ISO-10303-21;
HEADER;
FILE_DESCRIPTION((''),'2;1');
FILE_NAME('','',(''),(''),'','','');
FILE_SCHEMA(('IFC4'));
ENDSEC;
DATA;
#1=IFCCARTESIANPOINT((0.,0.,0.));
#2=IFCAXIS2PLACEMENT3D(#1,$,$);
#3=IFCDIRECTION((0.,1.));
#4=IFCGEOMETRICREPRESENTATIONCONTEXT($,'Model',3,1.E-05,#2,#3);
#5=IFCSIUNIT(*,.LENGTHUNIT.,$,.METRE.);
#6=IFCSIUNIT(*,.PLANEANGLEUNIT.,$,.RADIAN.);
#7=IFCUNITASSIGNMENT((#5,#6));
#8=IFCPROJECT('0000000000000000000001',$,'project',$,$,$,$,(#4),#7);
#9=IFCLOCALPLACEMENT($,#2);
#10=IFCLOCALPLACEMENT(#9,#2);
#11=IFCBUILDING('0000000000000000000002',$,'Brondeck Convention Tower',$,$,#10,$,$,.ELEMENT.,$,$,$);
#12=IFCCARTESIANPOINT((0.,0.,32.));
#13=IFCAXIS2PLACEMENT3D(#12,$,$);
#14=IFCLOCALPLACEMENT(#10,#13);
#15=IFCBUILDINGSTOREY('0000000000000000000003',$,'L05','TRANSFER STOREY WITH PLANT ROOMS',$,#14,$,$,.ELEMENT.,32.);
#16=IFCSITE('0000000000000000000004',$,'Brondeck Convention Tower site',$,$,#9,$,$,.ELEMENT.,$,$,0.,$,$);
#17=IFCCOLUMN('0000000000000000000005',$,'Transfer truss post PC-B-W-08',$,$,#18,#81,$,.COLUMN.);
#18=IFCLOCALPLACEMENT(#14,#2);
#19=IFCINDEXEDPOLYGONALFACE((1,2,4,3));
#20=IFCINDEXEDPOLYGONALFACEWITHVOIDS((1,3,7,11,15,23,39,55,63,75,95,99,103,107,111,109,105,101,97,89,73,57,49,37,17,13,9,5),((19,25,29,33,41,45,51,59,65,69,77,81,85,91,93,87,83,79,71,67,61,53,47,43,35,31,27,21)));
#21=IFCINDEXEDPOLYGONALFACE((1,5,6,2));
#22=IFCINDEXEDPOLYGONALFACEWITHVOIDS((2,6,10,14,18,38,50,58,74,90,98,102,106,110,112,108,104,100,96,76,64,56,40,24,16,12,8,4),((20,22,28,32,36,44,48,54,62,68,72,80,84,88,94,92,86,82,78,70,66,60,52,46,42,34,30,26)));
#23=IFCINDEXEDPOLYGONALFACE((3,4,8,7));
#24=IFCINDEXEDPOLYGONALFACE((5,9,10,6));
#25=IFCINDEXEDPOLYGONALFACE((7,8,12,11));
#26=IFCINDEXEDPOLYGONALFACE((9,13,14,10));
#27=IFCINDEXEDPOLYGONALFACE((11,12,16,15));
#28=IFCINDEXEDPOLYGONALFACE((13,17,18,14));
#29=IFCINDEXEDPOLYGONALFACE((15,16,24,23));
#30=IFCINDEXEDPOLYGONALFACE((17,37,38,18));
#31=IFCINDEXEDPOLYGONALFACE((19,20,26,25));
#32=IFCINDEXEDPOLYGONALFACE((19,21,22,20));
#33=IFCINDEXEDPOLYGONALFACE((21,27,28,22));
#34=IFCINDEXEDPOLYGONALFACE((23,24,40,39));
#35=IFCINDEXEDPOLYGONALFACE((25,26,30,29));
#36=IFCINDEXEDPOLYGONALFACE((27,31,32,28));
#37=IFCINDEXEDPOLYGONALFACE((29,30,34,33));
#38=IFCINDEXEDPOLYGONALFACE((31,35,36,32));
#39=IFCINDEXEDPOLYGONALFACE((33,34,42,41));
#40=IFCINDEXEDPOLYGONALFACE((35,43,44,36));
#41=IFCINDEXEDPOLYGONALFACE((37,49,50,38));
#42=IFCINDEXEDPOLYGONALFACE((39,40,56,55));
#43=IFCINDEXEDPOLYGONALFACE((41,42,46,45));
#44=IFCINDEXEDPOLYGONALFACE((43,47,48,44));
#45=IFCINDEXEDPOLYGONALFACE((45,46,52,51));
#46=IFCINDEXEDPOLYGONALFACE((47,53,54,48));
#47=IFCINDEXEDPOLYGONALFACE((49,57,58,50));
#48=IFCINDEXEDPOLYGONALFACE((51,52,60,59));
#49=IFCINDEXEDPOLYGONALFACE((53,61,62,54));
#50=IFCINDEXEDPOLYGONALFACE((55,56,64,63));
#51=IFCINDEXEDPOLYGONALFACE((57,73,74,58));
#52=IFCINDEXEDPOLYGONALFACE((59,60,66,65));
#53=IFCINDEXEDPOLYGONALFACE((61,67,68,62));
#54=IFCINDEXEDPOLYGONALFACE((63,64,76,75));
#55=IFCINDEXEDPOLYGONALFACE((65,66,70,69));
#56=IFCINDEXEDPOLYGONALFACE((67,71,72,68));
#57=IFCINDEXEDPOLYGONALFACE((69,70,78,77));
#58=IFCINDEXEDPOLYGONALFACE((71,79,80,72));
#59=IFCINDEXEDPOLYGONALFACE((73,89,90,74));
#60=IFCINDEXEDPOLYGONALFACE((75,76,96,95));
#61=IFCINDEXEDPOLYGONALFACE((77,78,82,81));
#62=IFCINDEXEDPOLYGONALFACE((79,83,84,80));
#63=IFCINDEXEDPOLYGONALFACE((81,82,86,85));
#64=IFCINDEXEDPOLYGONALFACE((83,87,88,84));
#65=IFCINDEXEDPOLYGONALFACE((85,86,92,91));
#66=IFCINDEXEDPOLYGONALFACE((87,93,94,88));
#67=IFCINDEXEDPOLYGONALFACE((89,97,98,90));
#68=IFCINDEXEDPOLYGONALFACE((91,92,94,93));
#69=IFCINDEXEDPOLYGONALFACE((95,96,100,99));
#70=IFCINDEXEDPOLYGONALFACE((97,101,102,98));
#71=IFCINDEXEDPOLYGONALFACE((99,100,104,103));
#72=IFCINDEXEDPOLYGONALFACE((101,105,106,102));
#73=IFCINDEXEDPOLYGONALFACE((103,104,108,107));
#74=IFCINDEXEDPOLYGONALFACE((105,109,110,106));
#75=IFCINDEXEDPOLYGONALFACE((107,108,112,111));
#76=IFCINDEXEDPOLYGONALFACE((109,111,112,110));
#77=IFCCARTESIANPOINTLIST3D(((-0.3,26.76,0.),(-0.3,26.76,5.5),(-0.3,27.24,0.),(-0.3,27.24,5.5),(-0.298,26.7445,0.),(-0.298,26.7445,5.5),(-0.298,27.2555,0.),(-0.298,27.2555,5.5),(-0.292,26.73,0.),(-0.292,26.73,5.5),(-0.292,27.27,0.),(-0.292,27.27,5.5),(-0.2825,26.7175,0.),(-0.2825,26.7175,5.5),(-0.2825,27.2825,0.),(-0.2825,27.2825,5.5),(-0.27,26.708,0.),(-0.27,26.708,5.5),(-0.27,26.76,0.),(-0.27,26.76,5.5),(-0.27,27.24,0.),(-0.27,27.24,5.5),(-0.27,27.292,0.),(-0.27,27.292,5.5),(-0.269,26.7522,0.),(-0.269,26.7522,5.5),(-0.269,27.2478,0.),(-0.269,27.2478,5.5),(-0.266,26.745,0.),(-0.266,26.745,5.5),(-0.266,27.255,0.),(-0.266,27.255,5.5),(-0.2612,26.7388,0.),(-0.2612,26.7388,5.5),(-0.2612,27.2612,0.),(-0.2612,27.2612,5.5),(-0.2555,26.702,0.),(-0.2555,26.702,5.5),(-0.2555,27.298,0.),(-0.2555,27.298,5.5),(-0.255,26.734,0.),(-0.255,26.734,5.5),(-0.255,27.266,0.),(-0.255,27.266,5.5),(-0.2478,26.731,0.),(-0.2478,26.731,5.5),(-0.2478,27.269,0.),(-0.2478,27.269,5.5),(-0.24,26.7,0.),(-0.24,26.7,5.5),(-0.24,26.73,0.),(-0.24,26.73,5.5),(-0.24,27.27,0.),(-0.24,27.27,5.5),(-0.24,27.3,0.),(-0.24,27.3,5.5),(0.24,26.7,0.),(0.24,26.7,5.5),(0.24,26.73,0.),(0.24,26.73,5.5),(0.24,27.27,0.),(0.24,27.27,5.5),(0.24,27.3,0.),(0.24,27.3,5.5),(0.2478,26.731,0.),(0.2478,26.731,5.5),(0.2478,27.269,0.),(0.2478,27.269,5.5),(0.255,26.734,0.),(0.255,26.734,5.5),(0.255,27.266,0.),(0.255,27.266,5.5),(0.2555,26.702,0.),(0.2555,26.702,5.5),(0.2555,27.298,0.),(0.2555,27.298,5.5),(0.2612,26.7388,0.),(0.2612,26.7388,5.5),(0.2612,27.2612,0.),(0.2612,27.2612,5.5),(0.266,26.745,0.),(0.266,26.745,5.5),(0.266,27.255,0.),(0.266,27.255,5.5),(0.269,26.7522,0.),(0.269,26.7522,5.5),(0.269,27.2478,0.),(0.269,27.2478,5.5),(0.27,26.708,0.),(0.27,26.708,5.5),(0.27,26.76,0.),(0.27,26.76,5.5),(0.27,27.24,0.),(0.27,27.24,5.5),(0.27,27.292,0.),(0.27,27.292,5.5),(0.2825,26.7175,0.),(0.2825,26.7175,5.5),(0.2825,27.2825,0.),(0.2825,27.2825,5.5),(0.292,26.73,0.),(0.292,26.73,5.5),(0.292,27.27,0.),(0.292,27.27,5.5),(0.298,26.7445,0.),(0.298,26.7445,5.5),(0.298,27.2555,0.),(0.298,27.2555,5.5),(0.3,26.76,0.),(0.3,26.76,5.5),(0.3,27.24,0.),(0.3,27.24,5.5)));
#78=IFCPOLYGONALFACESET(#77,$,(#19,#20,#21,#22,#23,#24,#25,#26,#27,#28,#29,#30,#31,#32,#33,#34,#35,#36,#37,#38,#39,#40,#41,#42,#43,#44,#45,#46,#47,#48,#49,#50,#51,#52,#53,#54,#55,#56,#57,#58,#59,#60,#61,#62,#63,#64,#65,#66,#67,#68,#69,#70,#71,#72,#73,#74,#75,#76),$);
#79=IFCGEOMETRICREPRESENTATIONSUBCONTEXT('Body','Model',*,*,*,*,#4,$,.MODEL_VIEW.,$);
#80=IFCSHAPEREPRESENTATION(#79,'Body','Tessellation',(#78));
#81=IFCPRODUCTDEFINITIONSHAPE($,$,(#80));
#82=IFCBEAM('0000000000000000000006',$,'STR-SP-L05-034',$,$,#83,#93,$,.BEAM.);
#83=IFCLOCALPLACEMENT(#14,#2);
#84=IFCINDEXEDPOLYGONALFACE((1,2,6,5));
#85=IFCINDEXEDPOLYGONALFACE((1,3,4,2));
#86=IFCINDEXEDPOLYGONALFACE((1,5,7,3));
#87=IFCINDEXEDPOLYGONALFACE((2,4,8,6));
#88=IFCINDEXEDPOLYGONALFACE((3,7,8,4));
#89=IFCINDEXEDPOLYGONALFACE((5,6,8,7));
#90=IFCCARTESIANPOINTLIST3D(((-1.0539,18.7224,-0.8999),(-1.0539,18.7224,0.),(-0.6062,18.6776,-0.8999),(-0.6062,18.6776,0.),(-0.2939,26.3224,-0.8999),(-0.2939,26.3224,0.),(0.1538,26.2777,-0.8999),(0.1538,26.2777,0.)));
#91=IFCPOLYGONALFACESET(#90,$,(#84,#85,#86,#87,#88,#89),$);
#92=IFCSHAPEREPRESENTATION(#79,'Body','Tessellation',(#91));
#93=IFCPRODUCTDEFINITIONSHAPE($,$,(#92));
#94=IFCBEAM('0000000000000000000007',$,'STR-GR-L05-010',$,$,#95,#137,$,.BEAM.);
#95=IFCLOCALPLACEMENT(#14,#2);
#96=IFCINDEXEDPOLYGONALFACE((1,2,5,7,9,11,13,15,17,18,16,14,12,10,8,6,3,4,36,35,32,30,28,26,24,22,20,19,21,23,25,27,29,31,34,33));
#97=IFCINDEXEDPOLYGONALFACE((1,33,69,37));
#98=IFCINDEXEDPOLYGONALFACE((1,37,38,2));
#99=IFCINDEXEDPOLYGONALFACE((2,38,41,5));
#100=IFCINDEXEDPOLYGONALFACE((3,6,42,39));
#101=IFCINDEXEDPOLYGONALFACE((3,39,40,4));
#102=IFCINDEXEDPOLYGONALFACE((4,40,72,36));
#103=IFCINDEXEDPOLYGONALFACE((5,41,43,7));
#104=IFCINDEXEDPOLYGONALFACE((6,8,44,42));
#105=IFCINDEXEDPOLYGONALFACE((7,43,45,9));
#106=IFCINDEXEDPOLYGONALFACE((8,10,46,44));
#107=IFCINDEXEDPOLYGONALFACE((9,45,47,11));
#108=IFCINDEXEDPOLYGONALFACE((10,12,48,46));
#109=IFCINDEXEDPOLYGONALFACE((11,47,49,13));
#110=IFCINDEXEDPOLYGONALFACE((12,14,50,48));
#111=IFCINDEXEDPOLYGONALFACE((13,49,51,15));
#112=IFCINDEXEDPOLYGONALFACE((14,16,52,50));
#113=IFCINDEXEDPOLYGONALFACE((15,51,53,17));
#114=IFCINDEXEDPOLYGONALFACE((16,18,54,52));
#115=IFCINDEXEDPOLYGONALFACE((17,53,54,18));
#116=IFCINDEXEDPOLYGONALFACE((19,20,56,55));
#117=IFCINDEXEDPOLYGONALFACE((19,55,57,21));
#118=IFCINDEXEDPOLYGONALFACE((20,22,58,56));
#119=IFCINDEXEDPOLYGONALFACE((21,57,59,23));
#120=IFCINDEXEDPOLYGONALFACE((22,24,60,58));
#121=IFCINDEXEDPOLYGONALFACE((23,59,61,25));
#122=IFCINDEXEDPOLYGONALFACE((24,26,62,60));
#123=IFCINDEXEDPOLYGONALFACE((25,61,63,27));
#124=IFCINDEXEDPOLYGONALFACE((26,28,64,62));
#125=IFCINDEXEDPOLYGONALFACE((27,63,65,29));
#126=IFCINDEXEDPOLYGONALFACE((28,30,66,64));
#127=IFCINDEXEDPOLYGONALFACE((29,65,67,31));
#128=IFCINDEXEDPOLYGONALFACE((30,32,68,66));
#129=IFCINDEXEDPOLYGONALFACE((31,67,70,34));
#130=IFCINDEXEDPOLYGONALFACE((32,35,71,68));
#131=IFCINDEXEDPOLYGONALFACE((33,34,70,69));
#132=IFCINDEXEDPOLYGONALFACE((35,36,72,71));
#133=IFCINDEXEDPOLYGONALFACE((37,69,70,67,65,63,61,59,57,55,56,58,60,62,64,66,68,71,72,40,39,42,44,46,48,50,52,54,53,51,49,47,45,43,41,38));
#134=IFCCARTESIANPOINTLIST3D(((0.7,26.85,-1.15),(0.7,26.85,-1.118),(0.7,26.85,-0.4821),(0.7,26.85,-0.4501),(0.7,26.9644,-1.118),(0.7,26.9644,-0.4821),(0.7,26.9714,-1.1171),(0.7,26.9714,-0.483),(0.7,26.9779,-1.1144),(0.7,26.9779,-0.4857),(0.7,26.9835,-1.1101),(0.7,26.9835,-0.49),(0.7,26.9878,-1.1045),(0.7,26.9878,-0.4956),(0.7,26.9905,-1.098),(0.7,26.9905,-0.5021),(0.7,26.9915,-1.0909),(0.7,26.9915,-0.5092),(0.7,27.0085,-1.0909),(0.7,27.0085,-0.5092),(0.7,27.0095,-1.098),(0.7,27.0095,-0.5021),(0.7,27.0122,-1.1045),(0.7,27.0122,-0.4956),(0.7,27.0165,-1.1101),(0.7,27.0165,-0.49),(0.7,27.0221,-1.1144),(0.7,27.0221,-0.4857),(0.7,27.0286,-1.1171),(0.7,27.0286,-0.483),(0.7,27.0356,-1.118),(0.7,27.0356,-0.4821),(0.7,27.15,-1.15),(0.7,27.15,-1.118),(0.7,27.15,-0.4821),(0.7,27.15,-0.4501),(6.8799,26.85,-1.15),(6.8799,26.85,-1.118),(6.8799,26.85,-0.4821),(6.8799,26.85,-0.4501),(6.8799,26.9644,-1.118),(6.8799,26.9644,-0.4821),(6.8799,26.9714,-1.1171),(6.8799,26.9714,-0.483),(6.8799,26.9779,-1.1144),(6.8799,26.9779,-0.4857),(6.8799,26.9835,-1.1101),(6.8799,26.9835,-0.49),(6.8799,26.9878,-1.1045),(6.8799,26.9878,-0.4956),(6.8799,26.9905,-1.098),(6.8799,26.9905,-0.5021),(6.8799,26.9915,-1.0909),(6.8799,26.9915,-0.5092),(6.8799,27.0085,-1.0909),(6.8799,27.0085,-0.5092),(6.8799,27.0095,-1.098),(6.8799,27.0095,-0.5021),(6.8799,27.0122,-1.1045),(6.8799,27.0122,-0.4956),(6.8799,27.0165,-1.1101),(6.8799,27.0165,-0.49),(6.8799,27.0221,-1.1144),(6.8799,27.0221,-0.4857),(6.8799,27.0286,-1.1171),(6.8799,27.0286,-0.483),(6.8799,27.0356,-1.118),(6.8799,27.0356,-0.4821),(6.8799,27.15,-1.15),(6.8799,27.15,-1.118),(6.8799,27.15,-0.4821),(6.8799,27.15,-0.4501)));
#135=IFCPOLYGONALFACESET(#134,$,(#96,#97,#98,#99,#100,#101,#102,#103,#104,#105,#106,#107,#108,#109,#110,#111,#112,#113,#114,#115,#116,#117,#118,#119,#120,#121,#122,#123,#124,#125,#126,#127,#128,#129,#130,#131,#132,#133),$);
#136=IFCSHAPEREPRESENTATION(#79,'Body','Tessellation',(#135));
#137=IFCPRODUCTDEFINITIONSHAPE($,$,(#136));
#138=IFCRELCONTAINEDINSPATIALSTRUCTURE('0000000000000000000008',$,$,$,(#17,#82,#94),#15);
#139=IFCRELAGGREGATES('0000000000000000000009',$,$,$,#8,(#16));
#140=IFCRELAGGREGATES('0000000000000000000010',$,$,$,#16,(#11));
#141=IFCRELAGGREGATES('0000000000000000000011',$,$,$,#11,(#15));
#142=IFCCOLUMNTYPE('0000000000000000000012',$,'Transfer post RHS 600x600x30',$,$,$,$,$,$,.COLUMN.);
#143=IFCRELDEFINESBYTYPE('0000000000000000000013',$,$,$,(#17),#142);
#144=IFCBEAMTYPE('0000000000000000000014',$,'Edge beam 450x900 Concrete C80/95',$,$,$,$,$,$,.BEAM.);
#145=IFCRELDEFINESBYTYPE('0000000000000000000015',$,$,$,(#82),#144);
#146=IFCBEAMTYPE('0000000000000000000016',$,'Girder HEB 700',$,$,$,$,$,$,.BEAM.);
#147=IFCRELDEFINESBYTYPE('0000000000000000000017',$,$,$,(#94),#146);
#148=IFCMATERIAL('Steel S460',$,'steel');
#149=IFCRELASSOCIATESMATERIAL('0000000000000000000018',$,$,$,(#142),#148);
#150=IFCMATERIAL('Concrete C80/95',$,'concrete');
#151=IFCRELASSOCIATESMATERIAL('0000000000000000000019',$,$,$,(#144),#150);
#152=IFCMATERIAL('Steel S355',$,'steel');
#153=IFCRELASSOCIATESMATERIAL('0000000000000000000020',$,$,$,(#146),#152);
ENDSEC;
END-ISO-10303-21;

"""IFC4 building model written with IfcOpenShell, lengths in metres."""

from ifc_helpers import new_model, si_unit, direction, frame, origin, origin_2d, place, context, subcontext, project, spatial, rectangle, hollow_rectangle, i_section, extrude, material, material_profile, profile_set, type_object, element, save


model = new_model("IFC4")

# Units and contexts
model_context = context("Model", 3, precision=1e-05, world=origin(), true_north=direction((0.0, 1.0)))
body_context = subcontext(model_context, "Body", "Model", "MODEL_VIEW")
ifc_project = project(units=[si_unit("LENGTHUNIT", "METRE"), si_unit("PLANEANGLEUNIT", "RADIAN")], contexts=[model_context])

# Site, building, storey
site_placement = place(None, origin())
site = spatial("IfcSite", under=ifc_project, at=site_placement, Name="Brondeck Convention Tower site", CompositionType="ELEMENT", RefElevation=0.0)
building_placement = place(site_placement, origin())
building = spatial("IfcBuilding", under=site, at=building_placement, Name="Brondeck Convention Tower", CompositionType="ELEMENT")
storey_placement = place(building_placement, frame((0.0, 0.0, 32.0)))
storey = spatial("IfcBuildingStorey", under=building, at=storey_placement, Name="L05", Description="TRANSFER STOREY WITH PLANT ROOMS", CompositionType="ELEMENT", Elevation=32.0)

# Column
ifc_material_1 = material(Name="Steel S460", Category="steel")
ifc_material_profile_1 = material_profile(ifc_material_1, hollow_rectangle(XDim=0.6001, YDim=0.6001, WallThickness=0.03, InnerFilletRadius=0.03, OuterFilletRadius=0.0601, at=origin_2d()), Name="RHS 600x600x30")
ifc_profile_set_1 = profile_set([ifc_material_profile_1], Name="Steel S460")
column_type = type_object("IfcColumnType", Name="Transfer post RHS 600x600x30", PredefinedType="COLUMN", material=ifc_profile_set_1)
column_placement = place(storey_placement, frame((0.0, 27.0, 0.0), z_axis=(0.0, 0.0, 1.0), x_axis=(1.0, 0.0, 0.0)))
element("IfcColumn", 1, at=column_placement, inside=storey, type_object=column_type, Name="Transfer truss post PC-B-W-08", PredefinedType="COLUMN", context=body_context, shape_type="SweptSolid", body=[
    extrude(hollow_rectangle(XDim=0.6001, YDim=0.6001, WallThickness=0.03, InnerFilletRadius=0.03, OuterFilletRadius=0.0601, at=origin_2d()), origin(), (0.0, 0.0, 1.0), 5.5),
])

# Beams
ifc_material_2 = material(Name="Concrete C80/95", Category="concrete")
ifc_material_profile_2 = material_profile(ifc_material_2, rectangle(XDim=0.45, YDim=0.8999, at=origin_2d()), Name="Edge beam 450x900 Concrete C80/95")
ifc_profile_set_2 = profile_set([ifc_material_profile_2], Name="Concrete C80/95")
beam_type_1 = type_object("IfcBeamType", Name="Edge beam 450x900 Concrete C80/95", PredefinedType="BEAM", material=ifc_profile_set_2)
beam_1_placement = place(storey_placement, frame((-0.0701, 26.3, -0.45), z_axis=(-0.099504, -0.995037, 0.0), x_axis=(0.995037, -0.099504, 0.0)))
element("IfcBeam", 2, at=beam_1_placement, inside=storey, type_object=beam_type_1, Name="STR-SP-L05-034", PredefinedType="BEAM", context=body_context, shape_type="SweptSolid", body=[
    extrude(rectangle(XDim=0.45, YDim=0.8999, at=origin_2d()), origin(), (0.0, 0.0, 1.0), 7.6379),
])
ifc_material_3 = material(Name="Steel S355", Category="steel")
ifc_material_profile_3 = material_profile(ifc_material_3, i_section(OverallWidth=0.3, OverallDepth=0.7, WebThickness=0.0171, FlangeThickness=0.032, FilletRadius=0.0271, at=origin_2d()), Name="HEB 700")
ifc_profile_set_3 = profile_set([ifc_material_profile_3], Name="Steel S355")
beam_type_2 = type_object("IfcBeamType", Name="Girder HEB 700", PredefinedType="BEAM", material=ifc_profile_set_3)
beam_2_placement = place(storey_placement, frame((0.7, 27.0, -0.8), z_axis=(1.0, 0.0, 0.0), x_axis=(0.0, 1.0, 0.0)))
element("IfcBeam", 3, at=beam_2_placement, inside=storey, type_object=beam_type_2, Name="STR-GR-L05-010", PredefinedType="BEAM", context=body_context, shape_type="SweptSolid", body=[
    extrude(i_section(OverallWidth=0.3, OverallDepth=0.7, WebThickness=0.0171, FlangeThickness=0.032, FilletRadius=0.0271, at=origin_2d()), origin(), (0.0, 0.0, 1.0), 6.1799),
])

save(model, "model.ifc")
